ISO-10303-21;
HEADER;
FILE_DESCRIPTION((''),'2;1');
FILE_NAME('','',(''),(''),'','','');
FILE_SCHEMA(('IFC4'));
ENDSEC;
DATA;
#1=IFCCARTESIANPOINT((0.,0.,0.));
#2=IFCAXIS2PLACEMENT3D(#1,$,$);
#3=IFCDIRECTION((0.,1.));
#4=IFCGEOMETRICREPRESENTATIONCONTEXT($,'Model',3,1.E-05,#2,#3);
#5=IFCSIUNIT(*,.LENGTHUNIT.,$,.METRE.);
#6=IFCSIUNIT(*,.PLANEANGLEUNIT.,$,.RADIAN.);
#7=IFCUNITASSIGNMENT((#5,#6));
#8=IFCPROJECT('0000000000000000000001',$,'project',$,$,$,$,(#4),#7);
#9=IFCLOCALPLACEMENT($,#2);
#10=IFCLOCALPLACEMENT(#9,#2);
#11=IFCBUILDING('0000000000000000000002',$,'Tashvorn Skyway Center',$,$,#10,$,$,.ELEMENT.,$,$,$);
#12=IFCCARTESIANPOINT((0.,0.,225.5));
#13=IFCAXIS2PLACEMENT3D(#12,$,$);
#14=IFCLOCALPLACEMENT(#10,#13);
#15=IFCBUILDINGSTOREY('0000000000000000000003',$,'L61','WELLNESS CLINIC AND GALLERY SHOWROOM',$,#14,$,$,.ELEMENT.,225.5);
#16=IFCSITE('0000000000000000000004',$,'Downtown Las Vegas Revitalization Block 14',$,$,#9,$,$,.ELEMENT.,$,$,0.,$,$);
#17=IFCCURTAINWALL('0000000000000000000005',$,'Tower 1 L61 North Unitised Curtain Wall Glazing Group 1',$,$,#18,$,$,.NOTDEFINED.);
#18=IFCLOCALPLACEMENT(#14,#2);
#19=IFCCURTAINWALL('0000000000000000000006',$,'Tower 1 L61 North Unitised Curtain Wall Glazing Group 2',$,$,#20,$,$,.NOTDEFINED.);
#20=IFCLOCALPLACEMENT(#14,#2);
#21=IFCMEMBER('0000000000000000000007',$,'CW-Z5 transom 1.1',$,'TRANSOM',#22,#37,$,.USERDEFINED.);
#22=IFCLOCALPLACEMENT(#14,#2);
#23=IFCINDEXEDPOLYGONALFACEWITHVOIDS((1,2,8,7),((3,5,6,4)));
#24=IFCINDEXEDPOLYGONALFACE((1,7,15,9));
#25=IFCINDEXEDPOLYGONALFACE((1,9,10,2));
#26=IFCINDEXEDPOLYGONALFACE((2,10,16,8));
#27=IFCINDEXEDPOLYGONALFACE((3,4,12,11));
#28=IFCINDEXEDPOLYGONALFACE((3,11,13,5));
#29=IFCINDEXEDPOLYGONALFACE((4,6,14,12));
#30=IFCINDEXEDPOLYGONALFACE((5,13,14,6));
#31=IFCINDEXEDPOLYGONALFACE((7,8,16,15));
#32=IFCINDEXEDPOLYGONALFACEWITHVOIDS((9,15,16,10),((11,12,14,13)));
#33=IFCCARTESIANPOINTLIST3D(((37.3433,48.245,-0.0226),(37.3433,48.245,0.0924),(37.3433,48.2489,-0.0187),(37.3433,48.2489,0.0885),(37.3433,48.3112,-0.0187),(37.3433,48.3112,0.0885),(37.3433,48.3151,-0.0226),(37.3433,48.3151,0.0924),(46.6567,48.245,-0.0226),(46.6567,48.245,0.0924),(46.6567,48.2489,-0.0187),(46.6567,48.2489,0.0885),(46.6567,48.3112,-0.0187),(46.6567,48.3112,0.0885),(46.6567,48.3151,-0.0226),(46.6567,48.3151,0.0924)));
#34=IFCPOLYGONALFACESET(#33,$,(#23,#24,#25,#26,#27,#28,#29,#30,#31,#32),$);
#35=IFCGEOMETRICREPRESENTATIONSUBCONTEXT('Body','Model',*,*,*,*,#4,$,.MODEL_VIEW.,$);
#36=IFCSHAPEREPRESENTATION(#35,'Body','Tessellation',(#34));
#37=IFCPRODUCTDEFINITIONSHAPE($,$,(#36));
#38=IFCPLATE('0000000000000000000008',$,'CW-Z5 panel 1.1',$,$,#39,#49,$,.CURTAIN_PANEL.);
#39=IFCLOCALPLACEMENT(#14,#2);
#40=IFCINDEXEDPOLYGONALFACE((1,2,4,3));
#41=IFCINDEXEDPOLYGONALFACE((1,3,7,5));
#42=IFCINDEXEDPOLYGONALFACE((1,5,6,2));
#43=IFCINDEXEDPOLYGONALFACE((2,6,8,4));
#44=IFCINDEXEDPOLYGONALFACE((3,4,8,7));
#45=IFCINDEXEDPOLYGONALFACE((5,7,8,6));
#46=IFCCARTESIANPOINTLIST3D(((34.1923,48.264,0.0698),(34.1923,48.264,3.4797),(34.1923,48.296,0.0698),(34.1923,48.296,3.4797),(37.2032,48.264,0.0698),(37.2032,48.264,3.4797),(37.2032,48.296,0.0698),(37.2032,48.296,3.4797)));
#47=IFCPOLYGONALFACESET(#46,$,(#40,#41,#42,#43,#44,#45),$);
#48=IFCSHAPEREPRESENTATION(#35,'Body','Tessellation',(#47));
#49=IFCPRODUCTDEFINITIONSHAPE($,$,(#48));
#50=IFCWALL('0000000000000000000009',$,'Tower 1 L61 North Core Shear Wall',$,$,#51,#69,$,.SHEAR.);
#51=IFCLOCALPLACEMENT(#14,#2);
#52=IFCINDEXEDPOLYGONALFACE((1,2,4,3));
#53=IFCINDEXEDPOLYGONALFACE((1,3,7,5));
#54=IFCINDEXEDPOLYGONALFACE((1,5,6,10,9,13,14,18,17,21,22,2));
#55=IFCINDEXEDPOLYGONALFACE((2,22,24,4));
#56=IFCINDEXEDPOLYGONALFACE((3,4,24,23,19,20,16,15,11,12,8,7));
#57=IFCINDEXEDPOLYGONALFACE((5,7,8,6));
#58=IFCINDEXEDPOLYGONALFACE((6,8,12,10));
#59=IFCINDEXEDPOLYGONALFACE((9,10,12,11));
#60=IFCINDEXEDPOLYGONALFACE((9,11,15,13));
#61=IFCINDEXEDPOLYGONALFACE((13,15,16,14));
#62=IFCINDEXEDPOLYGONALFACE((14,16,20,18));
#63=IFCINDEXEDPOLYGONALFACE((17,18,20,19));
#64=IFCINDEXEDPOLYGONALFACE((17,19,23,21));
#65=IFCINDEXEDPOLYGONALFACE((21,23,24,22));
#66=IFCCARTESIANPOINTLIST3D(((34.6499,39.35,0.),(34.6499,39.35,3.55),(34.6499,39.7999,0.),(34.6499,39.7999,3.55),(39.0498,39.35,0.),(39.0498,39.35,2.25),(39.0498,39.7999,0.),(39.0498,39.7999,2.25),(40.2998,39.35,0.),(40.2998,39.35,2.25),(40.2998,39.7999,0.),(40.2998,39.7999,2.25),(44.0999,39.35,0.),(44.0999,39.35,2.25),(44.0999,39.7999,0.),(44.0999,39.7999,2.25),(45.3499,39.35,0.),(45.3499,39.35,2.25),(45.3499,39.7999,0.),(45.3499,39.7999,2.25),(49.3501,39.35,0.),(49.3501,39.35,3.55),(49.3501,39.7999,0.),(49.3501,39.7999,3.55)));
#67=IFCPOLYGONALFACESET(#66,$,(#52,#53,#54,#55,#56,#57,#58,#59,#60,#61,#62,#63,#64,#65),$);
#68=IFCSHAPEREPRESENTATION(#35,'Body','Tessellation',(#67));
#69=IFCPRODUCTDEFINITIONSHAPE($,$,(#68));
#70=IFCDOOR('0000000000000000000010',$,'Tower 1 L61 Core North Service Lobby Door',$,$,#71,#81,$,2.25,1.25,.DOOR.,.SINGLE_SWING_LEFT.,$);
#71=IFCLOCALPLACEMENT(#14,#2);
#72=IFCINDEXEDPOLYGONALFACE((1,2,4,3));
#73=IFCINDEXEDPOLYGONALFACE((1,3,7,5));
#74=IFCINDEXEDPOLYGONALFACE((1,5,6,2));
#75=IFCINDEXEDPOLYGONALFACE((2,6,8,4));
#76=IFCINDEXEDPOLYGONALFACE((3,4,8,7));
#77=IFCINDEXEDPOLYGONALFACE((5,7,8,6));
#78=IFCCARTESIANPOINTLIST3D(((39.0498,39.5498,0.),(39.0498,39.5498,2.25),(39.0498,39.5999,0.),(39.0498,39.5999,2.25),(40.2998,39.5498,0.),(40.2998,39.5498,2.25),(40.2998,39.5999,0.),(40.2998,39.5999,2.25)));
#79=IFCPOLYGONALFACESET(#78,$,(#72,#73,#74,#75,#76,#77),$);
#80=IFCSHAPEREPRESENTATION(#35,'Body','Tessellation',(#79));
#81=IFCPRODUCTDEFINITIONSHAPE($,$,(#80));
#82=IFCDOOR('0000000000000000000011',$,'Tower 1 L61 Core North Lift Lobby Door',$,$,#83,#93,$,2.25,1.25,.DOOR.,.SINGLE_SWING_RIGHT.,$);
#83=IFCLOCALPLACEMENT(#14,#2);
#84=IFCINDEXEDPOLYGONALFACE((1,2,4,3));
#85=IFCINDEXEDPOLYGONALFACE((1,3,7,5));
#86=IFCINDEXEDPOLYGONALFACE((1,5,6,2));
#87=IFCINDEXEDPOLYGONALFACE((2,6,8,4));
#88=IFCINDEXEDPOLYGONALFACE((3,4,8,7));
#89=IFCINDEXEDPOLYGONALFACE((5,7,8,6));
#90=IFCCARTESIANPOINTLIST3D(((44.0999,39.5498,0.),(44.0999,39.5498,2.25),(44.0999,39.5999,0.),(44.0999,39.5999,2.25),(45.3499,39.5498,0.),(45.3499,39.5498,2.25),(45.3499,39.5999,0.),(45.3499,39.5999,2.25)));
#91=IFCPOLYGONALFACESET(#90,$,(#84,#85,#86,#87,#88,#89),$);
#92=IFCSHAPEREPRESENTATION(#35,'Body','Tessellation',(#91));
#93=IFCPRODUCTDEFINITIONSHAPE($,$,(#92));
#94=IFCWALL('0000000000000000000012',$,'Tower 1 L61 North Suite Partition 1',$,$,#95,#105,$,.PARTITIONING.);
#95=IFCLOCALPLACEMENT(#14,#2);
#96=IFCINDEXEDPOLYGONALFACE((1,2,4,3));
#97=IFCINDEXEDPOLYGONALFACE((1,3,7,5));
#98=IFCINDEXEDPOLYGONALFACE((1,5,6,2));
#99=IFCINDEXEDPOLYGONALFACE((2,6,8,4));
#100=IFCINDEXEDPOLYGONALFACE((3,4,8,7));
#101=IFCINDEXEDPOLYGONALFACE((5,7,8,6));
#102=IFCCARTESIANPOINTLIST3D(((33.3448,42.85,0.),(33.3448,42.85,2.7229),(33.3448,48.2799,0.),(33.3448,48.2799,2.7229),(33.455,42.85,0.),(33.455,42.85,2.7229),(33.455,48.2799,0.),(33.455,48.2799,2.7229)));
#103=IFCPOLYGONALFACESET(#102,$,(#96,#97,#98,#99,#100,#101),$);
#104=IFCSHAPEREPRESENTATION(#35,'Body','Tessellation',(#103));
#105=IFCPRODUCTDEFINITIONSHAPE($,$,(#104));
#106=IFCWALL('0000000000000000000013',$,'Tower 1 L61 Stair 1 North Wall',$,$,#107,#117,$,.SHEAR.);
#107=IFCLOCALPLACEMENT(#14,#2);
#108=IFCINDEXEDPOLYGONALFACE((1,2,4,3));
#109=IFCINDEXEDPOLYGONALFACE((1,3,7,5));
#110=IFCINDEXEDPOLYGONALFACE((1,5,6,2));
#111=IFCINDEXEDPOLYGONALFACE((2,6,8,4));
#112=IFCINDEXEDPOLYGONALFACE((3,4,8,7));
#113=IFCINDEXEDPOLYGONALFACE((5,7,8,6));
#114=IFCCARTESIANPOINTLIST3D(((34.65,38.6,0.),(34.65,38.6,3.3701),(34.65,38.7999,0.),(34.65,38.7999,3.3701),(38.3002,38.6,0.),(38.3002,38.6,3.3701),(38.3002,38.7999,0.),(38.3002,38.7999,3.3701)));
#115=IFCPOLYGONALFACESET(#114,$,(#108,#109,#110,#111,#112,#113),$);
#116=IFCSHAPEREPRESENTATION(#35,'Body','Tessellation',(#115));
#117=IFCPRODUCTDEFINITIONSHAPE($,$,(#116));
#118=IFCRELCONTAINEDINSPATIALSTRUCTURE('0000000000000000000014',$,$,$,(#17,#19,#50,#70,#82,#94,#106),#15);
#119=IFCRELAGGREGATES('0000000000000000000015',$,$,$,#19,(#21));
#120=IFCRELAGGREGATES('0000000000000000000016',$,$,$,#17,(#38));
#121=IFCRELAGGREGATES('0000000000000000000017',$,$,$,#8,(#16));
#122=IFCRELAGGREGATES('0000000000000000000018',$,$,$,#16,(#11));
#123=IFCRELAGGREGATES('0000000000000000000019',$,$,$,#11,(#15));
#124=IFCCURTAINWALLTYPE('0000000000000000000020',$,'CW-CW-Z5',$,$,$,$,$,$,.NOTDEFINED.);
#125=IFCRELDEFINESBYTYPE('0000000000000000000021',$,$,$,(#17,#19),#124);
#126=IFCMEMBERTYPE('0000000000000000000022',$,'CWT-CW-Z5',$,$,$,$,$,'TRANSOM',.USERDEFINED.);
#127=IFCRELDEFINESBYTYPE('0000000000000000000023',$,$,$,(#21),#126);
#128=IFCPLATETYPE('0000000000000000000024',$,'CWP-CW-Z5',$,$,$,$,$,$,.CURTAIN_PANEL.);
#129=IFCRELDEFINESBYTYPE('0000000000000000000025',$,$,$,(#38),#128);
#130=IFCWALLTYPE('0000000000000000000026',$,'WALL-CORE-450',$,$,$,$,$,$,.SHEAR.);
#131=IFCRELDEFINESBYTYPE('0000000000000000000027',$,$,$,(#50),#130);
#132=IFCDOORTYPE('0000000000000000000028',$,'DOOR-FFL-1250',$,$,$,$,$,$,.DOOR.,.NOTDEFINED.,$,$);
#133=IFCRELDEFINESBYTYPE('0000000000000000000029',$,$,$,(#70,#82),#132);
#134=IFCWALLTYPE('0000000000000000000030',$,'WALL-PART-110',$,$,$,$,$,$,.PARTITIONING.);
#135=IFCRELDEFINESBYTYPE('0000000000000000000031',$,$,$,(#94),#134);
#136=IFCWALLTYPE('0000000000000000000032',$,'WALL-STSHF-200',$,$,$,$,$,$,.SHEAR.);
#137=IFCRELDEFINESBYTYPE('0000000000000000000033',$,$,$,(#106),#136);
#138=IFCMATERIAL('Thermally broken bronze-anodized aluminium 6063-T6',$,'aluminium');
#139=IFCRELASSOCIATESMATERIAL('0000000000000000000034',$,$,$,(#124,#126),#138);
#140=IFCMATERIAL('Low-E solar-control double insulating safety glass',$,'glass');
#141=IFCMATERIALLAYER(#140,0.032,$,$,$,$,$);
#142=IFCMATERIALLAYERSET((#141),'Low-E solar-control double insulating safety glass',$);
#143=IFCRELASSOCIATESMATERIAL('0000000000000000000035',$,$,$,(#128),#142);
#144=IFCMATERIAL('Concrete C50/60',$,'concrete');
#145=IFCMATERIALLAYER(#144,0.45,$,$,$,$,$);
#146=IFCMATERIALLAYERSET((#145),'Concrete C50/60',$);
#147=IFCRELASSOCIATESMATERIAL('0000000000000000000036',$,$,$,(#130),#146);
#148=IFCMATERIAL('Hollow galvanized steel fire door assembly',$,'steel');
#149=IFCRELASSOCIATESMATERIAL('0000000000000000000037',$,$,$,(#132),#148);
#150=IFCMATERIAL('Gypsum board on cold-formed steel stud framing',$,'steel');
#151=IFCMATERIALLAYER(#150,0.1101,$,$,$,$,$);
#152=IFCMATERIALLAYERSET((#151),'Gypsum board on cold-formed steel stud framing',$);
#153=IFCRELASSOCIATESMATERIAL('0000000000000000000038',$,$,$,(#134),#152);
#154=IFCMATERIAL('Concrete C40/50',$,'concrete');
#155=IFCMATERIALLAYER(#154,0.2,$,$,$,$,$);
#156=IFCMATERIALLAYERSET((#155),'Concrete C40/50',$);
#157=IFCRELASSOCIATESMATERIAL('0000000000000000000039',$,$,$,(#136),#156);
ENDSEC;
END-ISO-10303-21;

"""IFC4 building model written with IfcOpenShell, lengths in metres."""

from ifc_helpers import new_model, si_unit, direction, frame, frame_2d, origin, origin_2d, place, context, subcontext, project, spatial, rectangle, hollow_rectangle, extrude, material, layer, layer_set, material_profile, profile_set, type_object, element, fill, aggregate, save


model = new_model("IFC4")

# Units and contexts
model_context = context("Model", 3, precision=1e-05, world=origin(), true_north=direction((0.0, 1.0)))
body_context = subcontext(model_context, "Body", "Model", "MODEL_VIEW")
ifc_project = project(units=[si_unit("LENGTHUNIT", "METRE"), si_unit("PLANEANGLEUNIT", "RADIAN")], contexts=[model_context])

# Site, building, storey
site_placement = place(None, origin())
site = spatial("IfcSite", under=ifc_project, at=site_placement, Name="Downtown Las Vegas Revitalization Block 14", CompositionType="ELEMENT", RefElevation=0.0)
building_placement = place(site_placement, origin())
building = spatial("IfcBuilding", under=site, at=building_placement, Name="Tashvorn Skyway Center", CompositionType="ELEMENT")
storey_placement = place(building_placement, frame((0.0, 0.0, 225.5)))
storey = spatial("IfcBuildingStorey", under=building, at=storey_placement, Name="L61", Description="WELLNESS CLINIC AND GALLERY SHOWROOM", CompositionType="ELEMENT", Elevation=225.5)

# Curtain wall
ifc_material_1 = material(Name="Thermally broken bronze-anodized aluminium 6063-T6", Category="aluminium")
curtain_wall_type = type_object("IfcCurtainWallType", Name="CW-CW-Z5", PredefinedType="NOTDEFINED", material=ifc_material_1)
curtain_wall_1_placement = place(storey_placement, origin())
curtain_wall_1 = element("IfcCurtainWall", 1, at=curtain_wall_1_placement, inside=storey, type_object=curtain_wall_type, Name="Tower 1 L61 North Unitised Curtain Wall Glazing Group 1", PredefinedType="NOTDEFINED")

# Curtain wall
curtain_wall_2_placement = place(storey_placement, origin())
curtain_wall_2 = element("IfcCurtainWall", 2, at=curtain_wall_2_placement, inside=storey, type_object=curtain_wall_type, Name="Tower 1 L61 North Unitised Curtain Wall Glazing Group 2", PredefinedType="NOTDEFINED")

# Member
ifc_material_profile_1 = material_profile(ifc_material_1, hollow_rectangle(XDim=0.0701, YDim=0.115, WallThickness=0.0039, at=origin_2d()), Name="ALU-TRAN-70x115")
ifc_profile_set_1 = profile_set([ifc_material_profile_1], Name="Thermally broken bronze-anodized aluminium 6063-T6")
member_type_1 = type_object("IfcMemberType", Name="CWT-CW-Z5", ElementType="TRANSOM", PredefinedType="USERDEFINED", material=ifc_profile_set_1)
member_1_placement = place(storey_placement, frame((37.3433, 48.28, 0.0349), z_axis=(1.0, 0.0, 0.0), x_axis=(0.0, 1.0, 0.0)))
member_1 = element("IfcMember", 3, at=member_1_placement, type_object=member_type_1, Name="CW-Z5 transom 1.1", ObjectType="TRANSOM", PredefinedType="USERDEFINED", context=body_context, shape_type="SweptSolid", body=[
    extrude(hollow_rectangle(XDim=0.0701, YDim=0.115, WallThickness=0.0039, at=origin_2d()), origin(), (0.0, 0.0, 1.0), 9.3135),
])
aggregate(curtain_wall_2, [member_1])

# Plate
ifc_material_2 = material(Name="Low-E solar-control double insulating safety glass", Category="glass")
ifc_layer_1 = layer(ifc_material_2, 0.032)
ifc_layer_set_1 = layer_set([ifc_layer_1], Name="Low-E solar-control double insulating safety glass")
plate_type = type_object("IfcPlateType", Name="CWP-CW-Z5", PredefinedType="CURTAIN_PANEL", material=ifc_layer_set_1)
plate_placement = place(storey_placement, frame((35.6978, 48.28, 0.0698), z_axis=(0.0, 0.0, 1.0), x_axis=(1.0, 0.0, 0.0)))
plate = element("IfcPlate", 4, at=plate_placement, type_object=plate_type, Name="CW-Z5 panel 1.1", PredefinedType="CURTAIN_PANEL", context=body_context, shape_type="SweptSolid", body=[
    extrude(rectangle(XDim=3.011, YDim=0.032, at=origin_2d()), origin(), (0.0, 0.0, 1.0), 3.4099),
])
aggregate(curtain_wall_1, [plate])

# Wall, openings, doors
ifc_material_3 = material(Name="Concrete C50/60", Category="concrete")
ifc_layer_2 = layer(ifc_material_3, 0.45)
ifc_layer_set_2 = layer_set([ifc_layer_2], Name="Concrete C50/60")
wall_type_1 = type_object("IfcWallType", Name="WALL-CORE-450", PredefinedType="SHEAR", material=ifc_layer_set_2)
wall_1_placement = place(storey_placement, frame((34.6499, 39.575, 0.0), z_axis=(0.0, 0.0, 1.0), x_axis=(1.0, 0.0, 0.0)))
wall_1 = element("IfcWall", 5, at=wall_1_placement, inside=storey, type_object=wall_type_1, Name="Tower 1 L61 North Core Shear Wall", PredefinedType="SHEAR", context=body_context, shape_type="SweptSolid", body=[
    extrude(rectangle(XDim=14.7002, YDim=0.45, at=frame_2d((7.3501, 0.0))), origin(), (0.0, 0.0, 1.0), 3.55),
])
opening_1_placement = place(wall_1_placement, frame((4.3999, 0.0, 0.0)))
opening_1 = element("IfcOpeningElement", 6, at=opening_1_placement, cuts=wall_1, PredefinedType="OPENING", context=body_context, shape_type="SweptSolid", body=[
    extrude(rectangle(XDim=1.25, YDim=2.25, at=frame_2d((0.625, 1.125))), frame((0.0, 0.2349, 0.0), z_axis=(0.0, -1.0, 0.0), x_axis=(1.0, 0.0, 0.0)), (0.0, 0.0, 1.0), 0.47),
])
opening_2_placement = place(wall_1_placement, frame((9.45, 0.0, 0.0)))
opening_2 = element("IfcOpeningElement", 7, at=opening_2_placement, cuts=wall_1, PredefinedType="OPENING", context=body_context, shape_type="SweptSolid", body=[
    extrude(rectangle(XDim=1.25, YDim=2.25, at=frame_2d((0.625, 1.125))), frame((0.0, 0.2349, 0.0), z_axis=(0.0, -1.0, 0.0), x_axis=(1.0, 0.0, 0.0)), (0.0, 0.0, 1.0), 0.47),
])
ifc_material_4 = material(Name="Hollow galvanized steel fire door assembly", Category="steel")
door_type = type_object("IfcDoorType", Name="DOOR-FFL-1250", OperationType="NOTDEFINED", PredefinedType="DOOR", material=ifc_material_4)
door_1_placement = place(opening_1_placement, origin())
door_1 = element("IfcDoor", 8, at=door_1_placement, inside=storey, type_object=door_type, Name="Tower 1 L61 Core North Service Lobby Door", OperationType="SINGLE_SWING_LEFT", OverallHeight=2.25, OverallWidth=1.25, PredefinedType="DOOR", context=body_context, shape_type="SweptSolid", body=[
    extrude(rectangle(XDim=1.25, YDim=2.25, at=frame_2d((0.625, 1.125))), frame((0.0, 0.0249, 0.0), z_axis=(0.0, -1.0, 0.0), x_axis=(1.0, 0.0, 0.0)), (0.0, 0.0, 1.0), 0.05),
])
fill(opening_1, door_1)
door_2_placement = place(opening_2_placement, origin())
door_2 = element("IfcDoor", 9, at=door_2_placement, inside=storey, type_object=door_type, Name="Tower 1 L61 Core North Lift Lobby Door", OperationType="SINGLE_SWING_RIGHT", OverallHeight=2.25, OverallWidth=1.25, PredefinedType="DOOR", context=body_context, shape_type="SweptSolid", body=[
    extrude(rectangle(XDim=1.25, YDim=2.25, at=frame_2d((0.625, 1.125))), frame((0.0, 0.0249, 0.0), z_axis=(0.0, -1.0, 0.0), x_axis=(1.0, 0.0, 0.0)), (0.0, 0.0, 1.0), 0.05),
])
fill(opening_2, door_2)

# Walls
ifc_material_5 = material(Name="Gypsum board on cold-formed steel stud framing", Category="steel")
ifc_layer_3 = layer(ifc_material_5, 0.1101)
ifc_layer_set_3 = layer_set([ifc_layer_3], Name="Gypsum board on cold-formed steel stud framing")
wall_type_2 = type_object("IfcWallType", Name="WALL-PART-110", PredefinedType="PARTITIONING", material=ifc_layer_set_3)
wall_2_placement = place(storey_placement, frame((33.3999, 42.8501, 0.0), z_axis=(0.0, 0.0, 1.0), x_axis=(0.0, 1.0, 0.0)))
element("IfcWall", 10, at=wall_2_placement, inside=storey, type_object=wall_type_2, Name="Tower 1 L61 North Suite Partition 1", PredefinedType="PARTITIONING", context=body_context, shape_type="SweptSolid", body=[
    extrude(rectangle(XDim=5.4299, YDim=0.1101, at=frame_2d((2.7148, 0.0))), origin(), (0.0, 0.0, 1.0), 2.7229),
])
ifc_material_6 = material(Name="Concrete C40/50", Category="concrete")
ifc_layer_4 = layer(ifc_material_6, 0.2)
ifc_layer_set_4 = layer_set([ifc_layer_4], Name="Concrete C40/50")
wall_type_3 = type_object("IfcWallType", Name="WALL-STSHF-200", PredefinedType="SHEAR", material=ifc_layer_set_4)
wall_3_placement = place(storey_placement, frame((34.6499, 38.7, 0.0), z_axis=(0.0, 0.0, 1.0), x_axis=(1.0, 0.0, 0.0)))
element("IfcWall", 11, at=wall_3_placement, inside=storey, type_object=wall_type_3, Name="Tower 1 L61 Stair 1 North Wall", PredefinedType="SHEAR", context=body_context, shape_type="SweptSolid", body=[
    extrude(rectangle(XDim=3.6501, YDim=0.2, at=frame_2d((1.8252, 0.0))), origin(), (0.0, 0.0, 1.0), 3.3701),
])

save(model, "model.ifc")
